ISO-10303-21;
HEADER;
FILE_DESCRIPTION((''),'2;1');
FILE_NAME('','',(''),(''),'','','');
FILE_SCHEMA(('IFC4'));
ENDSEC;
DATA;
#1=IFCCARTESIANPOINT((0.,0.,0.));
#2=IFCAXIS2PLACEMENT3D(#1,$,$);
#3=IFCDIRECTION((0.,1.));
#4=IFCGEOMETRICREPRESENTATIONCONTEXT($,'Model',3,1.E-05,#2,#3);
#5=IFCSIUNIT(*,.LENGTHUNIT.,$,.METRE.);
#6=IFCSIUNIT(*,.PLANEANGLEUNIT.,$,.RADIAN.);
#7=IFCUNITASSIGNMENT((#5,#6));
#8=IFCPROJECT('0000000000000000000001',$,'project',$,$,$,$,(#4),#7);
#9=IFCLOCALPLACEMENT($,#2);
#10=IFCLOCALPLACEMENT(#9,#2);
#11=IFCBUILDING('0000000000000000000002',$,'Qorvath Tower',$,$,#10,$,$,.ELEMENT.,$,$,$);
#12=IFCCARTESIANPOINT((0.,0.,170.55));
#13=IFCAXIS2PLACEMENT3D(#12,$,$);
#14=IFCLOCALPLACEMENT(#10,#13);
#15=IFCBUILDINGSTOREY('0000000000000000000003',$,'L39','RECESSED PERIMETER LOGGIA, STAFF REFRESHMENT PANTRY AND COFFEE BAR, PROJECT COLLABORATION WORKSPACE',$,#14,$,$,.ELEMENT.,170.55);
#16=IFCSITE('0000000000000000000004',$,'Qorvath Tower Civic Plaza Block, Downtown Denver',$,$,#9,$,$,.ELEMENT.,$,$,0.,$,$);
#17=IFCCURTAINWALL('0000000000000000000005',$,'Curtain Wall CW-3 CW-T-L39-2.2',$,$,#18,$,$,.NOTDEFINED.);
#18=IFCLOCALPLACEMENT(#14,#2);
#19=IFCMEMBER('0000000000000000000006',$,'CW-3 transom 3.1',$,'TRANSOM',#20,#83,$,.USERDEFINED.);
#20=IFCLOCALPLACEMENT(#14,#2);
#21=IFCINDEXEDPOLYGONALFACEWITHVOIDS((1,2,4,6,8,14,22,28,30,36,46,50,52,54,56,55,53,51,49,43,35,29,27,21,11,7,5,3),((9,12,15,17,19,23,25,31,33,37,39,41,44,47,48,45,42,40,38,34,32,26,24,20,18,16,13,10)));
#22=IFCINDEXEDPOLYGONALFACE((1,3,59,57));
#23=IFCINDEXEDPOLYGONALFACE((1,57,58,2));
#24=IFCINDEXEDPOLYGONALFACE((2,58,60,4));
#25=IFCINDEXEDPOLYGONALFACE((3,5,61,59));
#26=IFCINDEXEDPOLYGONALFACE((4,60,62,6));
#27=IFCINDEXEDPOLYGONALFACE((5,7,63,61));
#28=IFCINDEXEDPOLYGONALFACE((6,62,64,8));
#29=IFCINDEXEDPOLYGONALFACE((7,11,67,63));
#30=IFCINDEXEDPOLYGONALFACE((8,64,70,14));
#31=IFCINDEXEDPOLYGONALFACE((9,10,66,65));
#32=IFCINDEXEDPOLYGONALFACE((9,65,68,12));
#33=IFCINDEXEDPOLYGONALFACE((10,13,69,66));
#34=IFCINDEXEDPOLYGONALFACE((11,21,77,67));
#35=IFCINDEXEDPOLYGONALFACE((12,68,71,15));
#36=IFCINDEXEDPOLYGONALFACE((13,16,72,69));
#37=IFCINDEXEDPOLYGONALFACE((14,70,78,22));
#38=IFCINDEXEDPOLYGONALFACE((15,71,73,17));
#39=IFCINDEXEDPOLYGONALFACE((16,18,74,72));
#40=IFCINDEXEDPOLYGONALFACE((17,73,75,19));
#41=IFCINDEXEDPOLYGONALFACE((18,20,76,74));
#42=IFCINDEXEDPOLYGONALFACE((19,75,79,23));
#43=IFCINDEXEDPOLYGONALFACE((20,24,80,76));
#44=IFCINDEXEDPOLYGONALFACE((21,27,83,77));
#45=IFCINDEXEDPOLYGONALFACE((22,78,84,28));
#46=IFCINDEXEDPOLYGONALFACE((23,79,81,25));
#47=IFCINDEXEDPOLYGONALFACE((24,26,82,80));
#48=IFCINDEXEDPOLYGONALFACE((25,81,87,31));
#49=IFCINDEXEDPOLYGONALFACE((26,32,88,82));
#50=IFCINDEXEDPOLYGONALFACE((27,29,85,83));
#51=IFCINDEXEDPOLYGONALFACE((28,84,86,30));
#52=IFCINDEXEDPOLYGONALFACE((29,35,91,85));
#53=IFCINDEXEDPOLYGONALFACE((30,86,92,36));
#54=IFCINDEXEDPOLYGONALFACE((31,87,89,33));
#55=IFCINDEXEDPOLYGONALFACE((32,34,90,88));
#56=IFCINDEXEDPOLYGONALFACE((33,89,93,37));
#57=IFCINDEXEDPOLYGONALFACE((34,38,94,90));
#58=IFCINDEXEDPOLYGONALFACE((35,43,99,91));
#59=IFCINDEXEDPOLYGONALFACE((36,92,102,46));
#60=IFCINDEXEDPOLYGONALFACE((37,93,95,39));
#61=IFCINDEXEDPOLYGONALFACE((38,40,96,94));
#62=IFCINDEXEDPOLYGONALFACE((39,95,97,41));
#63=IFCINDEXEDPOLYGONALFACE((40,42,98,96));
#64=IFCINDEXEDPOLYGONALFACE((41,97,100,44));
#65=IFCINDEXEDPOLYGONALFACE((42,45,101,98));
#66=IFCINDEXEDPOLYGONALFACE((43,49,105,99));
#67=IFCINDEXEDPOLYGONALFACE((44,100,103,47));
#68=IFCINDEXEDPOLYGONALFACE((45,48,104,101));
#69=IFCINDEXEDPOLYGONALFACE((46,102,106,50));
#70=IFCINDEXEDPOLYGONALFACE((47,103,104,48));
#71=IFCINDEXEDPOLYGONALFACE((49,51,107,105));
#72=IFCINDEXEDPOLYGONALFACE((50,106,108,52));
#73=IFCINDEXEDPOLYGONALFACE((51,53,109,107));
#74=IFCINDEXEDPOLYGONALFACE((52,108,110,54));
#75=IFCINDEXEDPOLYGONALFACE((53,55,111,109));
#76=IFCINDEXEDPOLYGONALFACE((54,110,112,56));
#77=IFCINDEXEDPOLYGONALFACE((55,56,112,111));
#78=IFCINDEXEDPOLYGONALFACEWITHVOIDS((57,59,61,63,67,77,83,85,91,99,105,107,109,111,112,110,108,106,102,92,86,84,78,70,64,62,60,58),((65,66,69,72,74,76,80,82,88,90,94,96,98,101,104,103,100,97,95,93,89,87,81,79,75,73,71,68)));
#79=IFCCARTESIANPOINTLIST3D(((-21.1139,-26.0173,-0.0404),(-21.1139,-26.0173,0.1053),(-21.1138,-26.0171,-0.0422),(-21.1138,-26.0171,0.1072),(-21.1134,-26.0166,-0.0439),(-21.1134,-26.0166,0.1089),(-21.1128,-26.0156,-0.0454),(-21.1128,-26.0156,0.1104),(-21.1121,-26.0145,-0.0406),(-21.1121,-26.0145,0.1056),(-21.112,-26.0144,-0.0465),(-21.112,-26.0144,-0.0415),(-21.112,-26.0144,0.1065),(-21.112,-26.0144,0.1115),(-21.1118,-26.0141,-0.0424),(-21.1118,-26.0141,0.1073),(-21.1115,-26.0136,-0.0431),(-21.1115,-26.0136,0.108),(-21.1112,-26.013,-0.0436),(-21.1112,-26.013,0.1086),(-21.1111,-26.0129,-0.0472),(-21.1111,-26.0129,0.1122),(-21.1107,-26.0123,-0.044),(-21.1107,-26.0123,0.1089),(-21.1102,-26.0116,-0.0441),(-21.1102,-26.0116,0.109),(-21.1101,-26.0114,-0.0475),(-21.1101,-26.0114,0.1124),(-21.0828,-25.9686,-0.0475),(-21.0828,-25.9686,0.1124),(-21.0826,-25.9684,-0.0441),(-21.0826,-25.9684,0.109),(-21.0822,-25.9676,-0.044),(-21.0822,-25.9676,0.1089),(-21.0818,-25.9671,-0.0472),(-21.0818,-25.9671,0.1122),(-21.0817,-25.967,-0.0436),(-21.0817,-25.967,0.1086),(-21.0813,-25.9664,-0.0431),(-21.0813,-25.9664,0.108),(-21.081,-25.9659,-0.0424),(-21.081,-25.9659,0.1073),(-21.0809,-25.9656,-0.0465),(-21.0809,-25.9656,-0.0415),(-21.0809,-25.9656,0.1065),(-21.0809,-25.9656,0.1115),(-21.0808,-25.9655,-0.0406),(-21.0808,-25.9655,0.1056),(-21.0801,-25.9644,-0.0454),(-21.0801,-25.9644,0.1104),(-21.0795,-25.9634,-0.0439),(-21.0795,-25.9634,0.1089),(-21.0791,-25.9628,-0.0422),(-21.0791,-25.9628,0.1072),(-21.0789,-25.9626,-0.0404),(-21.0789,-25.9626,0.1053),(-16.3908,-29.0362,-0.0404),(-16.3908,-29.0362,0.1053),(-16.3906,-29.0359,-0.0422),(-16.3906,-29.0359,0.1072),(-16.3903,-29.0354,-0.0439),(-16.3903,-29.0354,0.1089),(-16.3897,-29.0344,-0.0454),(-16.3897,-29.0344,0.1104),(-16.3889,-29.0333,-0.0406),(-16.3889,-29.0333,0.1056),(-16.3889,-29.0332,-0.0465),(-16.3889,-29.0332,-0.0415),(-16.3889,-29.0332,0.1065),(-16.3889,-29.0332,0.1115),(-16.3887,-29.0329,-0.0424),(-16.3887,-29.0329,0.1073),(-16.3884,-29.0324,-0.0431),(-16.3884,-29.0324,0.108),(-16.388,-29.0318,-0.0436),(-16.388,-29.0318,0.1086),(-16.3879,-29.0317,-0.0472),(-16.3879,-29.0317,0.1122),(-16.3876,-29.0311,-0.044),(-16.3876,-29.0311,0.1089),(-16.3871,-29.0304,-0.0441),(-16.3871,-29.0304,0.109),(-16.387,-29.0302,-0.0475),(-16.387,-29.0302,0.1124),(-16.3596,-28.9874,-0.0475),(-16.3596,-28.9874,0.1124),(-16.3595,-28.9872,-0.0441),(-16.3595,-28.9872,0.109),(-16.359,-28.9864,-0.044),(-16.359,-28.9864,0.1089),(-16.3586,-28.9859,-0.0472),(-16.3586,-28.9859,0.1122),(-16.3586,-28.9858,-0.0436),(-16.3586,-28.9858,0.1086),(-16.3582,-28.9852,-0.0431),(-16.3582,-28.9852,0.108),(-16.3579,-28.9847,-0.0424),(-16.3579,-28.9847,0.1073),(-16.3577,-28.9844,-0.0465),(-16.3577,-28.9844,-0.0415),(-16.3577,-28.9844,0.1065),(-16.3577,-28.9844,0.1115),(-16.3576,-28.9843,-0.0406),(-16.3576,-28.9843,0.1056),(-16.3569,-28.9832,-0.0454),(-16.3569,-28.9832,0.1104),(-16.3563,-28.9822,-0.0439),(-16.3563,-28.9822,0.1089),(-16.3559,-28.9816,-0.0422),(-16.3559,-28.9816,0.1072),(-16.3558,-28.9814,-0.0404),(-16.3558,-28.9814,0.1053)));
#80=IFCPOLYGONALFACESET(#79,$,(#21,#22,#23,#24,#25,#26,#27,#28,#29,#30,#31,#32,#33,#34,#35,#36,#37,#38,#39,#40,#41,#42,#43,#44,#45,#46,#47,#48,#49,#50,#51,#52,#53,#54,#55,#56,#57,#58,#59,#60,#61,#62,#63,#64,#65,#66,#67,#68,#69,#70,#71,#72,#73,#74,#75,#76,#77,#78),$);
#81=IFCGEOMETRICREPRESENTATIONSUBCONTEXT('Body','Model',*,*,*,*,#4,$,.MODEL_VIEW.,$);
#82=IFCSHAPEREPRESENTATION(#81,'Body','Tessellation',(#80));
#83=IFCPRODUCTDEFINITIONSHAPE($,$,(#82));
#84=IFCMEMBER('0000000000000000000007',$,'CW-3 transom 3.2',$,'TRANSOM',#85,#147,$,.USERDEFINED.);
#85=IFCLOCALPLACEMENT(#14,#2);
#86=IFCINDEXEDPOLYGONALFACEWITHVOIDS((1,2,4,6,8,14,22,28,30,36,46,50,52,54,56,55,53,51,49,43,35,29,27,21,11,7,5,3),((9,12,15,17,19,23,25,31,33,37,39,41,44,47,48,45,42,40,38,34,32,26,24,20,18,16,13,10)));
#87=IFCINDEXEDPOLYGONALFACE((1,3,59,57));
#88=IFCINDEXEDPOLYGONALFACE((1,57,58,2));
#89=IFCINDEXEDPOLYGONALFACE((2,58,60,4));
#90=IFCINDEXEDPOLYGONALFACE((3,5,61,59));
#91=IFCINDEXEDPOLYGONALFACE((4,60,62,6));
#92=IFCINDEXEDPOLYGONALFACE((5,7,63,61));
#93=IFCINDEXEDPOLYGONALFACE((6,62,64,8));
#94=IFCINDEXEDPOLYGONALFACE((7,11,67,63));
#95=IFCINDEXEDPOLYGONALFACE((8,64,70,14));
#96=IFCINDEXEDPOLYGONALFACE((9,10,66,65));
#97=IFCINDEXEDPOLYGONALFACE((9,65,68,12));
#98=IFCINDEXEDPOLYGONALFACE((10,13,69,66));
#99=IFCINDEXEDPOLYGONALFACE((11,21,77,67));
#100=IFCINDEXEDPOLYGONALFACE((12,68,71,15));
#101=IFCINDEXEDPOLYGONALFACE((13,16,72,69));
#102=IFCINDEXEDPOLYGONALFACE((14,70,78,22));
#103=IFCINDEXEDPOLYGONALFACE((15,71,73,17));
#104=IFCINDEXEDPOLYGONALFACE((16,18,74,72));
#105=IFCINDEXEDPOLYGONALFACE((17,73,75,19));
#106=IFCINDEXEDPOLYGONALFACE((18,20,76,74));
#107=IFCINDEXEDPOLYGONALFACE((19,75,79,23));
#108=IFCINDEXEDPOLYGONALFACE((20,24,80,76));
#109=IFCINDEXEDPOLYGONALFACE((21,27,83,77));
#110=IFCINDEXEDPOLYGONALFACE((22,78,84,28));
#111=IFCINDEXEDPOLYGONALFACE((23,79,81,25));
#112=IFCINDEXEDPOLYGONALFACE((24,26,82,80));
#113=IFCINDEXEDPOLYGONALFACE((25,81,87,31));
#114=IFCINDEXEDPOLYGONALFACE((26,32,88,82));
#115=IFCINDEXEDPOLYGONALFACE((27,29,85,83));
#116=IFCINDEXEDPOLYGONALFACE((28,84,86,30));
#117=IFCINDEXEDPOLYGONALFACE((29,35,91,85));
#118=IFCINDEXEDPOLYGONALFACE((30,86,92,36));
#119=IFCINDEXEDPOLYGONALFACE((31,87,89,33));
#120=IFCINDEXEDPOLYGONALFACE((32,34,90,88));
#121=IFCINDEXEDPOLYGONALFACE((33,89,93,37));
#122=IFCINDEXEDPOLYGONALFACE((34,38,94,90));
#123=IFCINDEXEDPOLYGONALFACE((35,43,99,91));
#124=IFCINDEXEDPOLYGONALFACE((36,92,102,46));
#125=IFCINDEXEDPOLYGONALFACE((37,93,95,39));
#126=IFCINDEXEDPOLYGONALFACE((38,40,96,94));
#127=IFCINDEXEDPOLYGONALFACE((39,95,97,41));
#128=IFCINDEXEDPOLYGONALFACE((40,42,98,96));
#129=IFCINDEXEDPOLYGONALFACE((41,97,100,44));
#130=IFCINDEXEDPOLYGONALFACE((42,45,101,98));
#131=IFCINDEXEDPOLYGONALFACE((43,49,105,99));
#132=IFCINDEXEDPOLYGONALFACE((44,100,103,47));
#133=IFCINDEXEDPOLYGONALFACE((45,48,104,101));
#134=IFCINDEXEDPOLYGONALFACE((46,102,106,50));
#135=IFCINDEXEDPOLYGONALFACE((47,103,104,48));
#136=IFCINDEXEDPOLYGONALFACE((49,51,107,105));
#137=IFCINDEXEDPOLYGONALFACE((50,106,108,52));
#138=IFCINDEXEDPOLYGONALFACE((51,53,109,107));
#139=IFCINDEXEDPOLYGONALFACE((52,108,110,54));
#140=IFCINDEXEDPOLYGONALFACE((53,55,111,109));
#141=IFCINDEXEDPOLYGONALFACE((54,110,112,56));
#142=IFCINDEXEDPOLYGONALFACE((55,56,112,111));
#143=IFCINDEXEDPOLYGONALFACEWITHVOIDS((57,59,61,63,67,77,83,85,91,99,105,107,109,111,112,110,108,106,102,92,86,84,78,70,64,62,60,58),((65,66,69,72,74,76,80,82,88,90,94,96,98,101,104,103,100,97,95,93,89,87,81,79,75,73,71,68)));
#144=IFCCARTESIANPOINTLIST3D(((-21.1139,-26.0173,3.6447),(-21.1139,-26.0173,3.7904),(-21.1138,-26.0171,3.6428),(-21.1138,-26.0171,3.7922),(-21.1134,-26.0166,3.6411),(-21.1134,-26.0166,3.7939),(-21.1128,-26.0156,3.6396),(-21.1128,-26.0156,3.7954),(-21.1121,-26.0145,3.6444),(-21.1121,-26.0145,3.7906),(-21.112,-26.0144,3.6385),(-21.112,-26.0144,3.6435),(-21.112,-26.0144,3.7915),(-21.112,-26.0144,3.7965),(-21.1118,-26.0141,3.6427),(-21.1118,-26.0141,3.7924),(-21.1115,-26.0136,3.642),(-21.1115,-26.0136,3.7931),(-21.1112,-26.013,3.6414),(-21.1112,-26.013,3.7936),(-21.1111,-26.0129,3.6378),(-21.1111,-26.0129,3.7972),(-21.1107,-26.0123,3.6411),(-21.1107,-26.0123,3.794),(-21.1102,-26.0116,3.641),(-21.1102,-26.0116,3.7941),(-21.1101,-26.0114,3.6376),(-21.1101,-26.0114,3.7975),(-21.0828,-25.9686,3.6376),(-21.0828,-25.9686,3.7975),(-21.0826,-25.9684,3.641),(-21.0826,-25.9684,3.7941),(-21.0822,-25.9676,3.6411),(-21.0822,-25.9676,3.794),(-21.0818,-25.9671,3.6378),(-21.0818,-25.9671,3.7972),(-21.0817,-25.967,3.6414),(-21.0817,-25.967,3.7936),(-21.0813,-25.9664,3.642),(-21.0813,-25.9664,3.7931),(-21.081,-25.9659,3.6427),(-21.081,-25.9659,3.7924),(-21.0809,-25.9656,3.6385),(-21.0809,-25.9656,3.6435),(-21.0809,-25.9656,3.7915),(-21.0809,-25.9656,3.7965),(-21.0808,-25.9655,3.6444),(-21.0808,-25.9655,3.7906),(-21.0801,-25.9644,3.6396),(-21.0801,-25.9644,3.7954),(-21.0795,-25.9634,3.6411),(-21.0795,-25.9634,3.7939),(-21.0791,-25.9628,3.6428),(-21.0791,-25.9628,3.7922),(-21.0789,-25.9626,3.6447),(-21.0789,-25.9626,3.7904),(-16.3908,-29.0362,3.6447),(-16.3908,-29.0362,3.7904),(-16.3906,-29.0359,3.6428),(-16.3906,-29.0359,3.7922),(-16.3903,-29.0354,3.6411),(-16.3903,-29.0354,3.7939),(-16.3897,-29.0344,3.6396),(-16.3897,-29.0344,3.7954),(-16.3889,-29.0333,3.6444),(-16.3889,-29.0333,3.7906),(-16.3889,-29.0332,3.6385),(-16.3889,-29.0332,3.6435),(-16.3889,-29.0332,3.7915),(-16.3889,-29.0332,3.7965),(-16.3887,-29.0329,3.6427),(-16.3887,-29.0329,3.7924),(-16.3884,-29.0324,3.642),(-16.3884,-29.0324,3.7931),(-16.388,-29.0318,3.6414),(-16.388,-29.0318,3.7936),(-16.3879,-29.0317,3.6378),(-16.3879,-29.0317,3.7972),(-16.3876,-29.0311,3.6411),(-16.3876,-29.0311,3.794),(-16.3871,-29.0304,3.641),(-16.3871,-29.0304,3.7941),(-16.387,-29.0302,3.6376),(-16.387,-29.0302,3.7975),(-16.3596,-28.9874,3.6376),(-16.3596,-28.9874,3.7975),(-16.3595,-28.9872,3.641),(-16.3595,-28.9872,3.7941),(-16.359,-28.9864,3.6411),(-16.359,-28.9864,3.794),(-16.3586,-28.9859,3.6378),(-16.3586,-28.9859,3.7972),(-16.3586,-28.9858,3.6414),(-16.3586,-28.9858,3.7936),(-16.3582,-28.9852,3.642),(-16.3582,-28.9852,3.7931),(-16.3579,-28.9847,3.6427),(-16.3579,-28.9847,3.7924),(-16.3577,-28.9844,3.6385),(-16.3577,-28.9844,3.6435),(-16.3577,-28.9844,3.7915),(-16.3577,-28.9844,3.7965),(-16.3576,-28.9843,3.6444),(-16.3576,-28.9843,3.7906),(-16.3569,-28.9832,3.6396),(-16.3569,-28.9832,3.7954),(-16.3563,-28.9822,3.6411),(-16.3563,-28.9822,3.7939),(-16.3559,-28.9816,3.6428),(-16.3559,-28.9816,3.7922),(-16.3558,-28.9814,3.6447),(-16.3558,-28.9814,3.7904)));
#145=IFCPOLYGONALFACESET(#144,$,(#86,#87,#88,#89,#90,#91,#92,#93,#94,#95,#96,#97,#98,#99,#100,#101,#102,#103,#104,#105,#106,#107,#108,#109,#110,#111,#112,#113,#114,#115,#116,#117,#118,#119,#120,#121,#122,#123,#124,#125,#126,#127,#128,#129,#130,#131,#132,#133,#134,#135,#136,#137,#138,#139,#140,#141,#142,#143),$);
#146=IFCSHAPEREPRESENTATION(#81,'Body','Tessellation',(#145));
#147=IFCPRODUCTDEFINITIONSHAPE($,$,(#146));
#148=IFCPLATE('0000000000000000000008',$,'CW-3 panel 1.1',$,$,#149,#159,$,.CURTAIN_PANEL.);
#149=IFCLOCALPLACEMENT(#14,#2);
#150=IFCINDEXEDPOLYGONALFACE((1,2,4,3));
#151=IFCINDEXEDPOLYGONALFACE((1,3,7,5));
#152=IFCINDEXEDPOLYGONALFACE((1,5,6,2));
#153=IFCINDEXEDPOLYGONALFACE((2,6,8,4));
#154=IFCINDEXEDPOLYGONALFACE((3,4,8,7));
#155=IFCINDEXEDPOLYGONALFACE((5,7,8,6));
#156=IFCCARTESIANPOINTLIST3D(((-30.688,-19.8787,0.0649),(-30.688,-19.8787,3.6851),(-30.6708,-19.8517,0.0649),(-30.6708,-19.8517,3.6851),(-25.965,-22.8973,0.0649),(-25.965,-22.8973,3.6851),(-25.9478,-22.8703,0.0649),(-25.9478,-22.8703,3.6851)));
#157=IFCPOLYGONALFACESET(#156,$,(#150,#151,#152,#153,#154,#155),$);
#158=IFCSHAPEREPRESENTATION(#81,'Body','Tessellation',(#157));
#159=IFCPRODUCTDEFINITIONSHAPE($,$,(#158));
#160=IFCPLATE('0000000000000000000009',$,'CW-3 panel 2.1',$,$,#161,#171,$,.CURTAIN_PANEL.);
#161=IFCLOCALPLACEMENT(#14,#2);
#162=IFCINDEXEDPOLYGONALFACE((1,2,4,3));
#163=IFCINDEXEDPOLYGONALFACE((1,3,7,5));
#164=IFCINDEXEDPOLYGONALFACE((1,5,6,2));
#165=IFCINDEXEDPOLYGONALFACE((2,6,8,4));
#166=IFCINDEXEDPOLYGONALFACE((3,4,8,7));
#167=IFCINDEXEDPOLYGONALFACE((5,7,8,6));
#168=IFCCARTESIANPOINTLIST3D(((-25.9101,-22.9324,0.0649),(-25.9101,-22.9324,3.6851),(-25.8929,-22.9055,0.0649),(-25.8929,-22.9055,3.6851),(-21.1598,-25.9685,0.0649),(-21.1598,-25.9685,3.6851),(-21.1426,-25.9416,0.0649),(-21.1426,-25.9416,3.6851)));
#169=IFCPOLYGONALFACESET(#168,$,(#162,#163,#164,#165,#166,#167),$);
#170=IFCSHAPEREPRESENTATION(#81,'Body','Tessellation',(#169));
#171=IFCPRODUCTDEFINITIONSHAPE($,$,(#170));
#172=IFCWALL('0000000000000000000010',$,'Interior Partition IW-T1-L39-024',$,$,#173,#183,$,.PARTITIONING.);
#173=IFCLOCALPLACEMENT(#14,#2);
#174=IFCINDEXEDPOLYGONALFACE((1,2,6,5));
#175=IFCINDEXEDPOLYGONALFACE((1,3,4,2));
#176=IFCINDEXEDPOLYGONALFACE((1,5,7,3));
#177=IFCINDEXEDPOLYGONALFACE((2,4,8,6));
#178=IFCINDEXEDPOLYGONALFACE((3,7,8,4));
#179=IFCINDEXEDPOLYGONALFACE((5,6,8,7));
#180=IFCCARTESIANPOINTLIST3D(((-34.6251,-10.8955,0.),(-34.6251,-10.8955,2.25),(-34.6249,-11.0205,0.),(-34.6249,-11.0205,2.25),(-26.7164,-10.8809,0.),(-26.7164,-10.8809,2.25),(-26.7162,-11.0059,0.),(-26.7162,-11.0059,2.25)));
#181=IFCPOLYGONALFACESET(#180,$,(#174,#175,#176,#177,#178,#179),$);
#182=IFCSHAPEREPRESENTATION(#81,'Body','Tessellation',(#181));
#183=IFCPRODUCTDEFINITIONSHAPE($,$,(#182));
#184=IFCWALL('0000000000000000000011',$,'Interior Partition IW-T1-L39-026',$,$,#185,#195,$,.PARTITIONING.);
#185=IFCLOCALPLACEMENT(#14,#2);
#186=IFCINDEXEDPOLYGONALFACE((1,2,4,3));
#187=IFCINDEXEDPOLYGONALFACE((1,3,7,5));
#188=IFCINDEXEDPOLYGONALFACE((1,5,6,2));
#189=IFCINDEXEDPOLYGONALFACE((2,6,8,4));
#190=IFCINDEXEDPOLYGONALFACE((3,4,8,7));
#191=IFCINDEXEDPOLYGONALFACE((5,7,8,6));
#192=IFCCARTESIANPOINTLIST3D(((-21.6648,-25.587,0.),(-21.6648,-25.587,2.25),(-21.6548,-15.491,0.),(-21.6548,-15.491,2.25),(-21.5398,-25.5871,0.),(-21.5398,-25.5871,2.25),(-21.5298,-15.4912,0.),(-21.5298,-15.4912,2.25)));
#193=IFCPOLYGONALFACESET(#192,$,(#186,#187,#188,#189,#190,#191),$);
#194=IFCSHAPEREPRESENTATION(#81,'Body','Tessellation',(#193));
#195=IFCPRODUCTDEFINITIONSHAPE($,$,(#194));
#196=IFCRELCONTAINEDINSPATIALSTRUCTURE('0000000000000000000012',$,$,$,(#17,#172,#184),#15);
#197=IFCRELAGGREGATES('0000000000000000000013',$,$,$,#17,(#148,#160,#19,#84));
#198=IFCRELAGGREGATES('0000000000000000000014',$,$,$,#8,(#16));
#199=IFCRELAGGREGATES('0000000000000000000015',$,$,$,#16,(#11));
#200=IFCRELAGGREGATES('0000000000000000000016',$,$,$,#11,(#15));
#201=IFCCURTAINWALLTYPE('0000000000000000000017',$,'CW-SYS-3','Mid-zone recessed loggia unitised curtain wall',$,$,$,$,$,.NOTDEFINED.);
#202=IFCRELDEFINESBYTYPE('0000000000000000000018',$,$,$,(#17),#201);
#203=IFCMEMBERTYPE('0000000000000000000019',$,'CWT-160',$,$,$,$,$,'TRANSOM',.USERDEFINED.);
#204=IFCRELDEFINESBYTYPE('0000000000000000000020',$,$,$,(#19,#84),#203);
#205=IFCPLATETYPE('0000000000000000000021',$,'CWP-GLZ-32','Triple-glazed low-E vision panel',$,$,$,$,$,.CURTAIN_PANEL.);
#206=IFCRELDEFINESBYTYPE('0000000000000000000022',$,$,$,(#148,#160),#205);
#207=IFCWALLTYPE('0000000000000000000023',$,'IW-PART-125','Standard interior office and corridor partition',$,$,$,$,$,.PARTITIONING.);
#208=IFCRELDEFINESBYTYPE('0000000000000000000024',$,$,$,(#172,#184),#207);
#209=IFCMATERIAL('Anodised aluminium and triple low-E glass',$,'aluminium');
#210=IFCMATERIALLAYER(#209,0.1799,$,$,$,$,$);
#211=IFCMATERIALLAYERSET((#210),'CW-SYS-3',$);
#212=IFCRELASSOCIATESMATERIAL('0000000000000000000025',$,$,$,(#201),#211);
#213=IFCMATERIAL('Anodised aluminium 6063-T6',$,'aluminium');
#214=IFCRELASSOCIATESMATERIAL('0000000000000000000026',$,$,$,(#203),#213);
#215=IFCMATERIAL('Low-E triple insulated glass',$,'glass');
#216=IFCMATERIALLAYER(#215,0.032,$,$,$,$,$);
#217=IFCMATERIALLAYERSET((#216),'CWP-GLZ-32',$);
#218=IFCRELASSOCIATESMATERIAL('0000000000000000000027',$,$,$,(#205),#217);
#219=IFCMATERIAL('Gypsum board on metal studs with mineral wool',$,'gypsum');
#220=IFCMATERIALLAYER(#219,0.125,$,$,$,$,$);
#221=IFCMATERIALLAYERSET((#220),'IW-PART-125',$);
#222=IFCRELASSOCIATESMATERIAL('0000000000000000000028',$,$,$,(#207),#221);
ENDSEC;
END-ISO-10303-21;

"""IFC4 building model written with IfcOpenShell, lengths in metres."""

from ifc_helpers import new_model, si_unit, direction, frame, frame_2d, origin, origin_2d, place, context, subcontext, project, spatial, rectangle, hollow_rectangle, extrude, material, layer, layer_set, material_profile, profile_set, type_object, element, aggregate, save


model = new_model("IFC4")

# Units and contexts
model_context = context("Model", 3, precision=1e-05, world=origin(), true_north=direction((0.0, 1.0)))
body_context = subcontext(model_context, "Body", "Model", "MODEL_VIEW")
ifc_project = project(units=[si_unit("LENGTHUNIT", "METRE"), si_unit("PLANEANGLEUNIT", "RADIAN")], contexts=[model_context])

# Site, building, storey
site_placement = place(None, origin())
site = spatial("IfcSite", under=ifc_project, at=site_placement, Name="Qorvath Tower Civic Plaza Block, Downtown Denver", CompositionType="ELEMENT", RefElevation=0.0)
building_placement = place(site_placement, origin())
building = spatial("IfcBuilding", under=site, at=building_placement, Name="Qorvath Tower", CompositionType="ELEMENT")
storey_placement = place(building_placement, frame((0.0, 0.0, 170.55)))
storey = spatial("IfcBuildingStorey", under=building, at=storey_placement, Name="L39", Description="RECESSED PERIMETER LOGGIA, STAFF REFRESHMENT PANTRY AND COFFEE BAR, PROJECT COLLABORATION WORKSPACE", CompositionType="ELEMENT", Elevation=170.55)

# Curtain wall, members, plates
ifc_material_1 = material(Name="Anodised aluminium and triple low-E glass", Category="aluminium")
ifc_layer_1 = layer(ifc_material_1, 0.1799)
ifc_layer_set_1 = layer_set([ifc_layer_1], Name="CW-SYS-3")
curtain_wall_type = type_object("IfcCurtainWallType", Name="CW-SYS-3", Description="Mid-zone recessed loggia unitised curtain wall", PredefinedType="NOTDEFINED", material=ifc_layer_set_1)
curtain_wall_placement = place(storey_placement, origin())
curtain_wall = element("IfcCurtainWall", 1, at=curtain_wall_placement, inside=storey, type_object=curtain_wall_type, Name="Curtain Wall CW-3 CW-T-L39-2.2", PredefinedType="NOTDEFINED")
ifc_material_2 = material(Name="Anodised aluminium 6063-T6", Category="aluminium")
ifc_material_profile_1 = material_profile(ifc_material_2, hollow_rectangle(XDim=0.0649, YDim=0.1599, WallThickness=0.0034, InnerFilletRadius=0.0034, OuterFilletRadius=0.0071, at=origin_2d()), Name="CWT 160x65")
ifc_profile_set_1 = profile_set([ifc_material_profile_1], Name="Anodised aluminium 6063-T6")
member_type_1 = type_object("IfcMemberType", Name="CWT-160", ElementType="TRANSOM", PredefinedType="USERDEFINED", material=ifc_profile_set_1)
member_1_placement = place(storey_placement, frame((-21.0964, -25.99, 0.0325), z_axis=(0.842596, -0.538546, 0.0), x_axis=(0.538546, 0.842596, 0.0)))
member_1 = element("IfcMember", 2, at=member_1_placement, type_object=member_type_1, Name="CW-3 transom 3.1", ObjectType="TRANSOM", PredefinedType="USERDEFINED", context=body_context, shape_type="SweptSolid", body=[
    extrude(hollow_rectangle(XDim=0.0649, YDim=0.1599, WallThickness=0.0034, InnerFilletRadius=0.0034, OuterFilletRadius=0.0071, at=origin_2d()), origin(), (0.0, 0.0, 1.0), 5.6055),
])
member_2_placement = place(storey_placement, frame((-21.0964, -25.99, 3.7175), z_axis=(0.842596, -0.538546, 0.0), x_axis=(0.538546, 0.842596, 0.0)))
member_2 = element("IfcMember", 3, at=member_2_placement, type_object=member_type_1, Name="CW-3 transom 3.2", ObjectType="TRANSOM", PredefinedType="USERDEFINED", context=body_context, shape_type="SweptSolid", body=[
    extrude(hollow_rectangle(XDim=0.0649, YDim=0.1599, WallThickness=0.0034, InnerFilletRadius=0.0034, OuterFilletRadius=0.0071, at=origin_2d()), origin(), (0.0, 0.0, 1.0), 5.6055),
])
ifc_material_3 = material(Name="Low-E triple insulated glass", Category="glass")
ifc_layer_2 = layer(ifc_material_3, 0.032)
ifc_layer_set_2 = layer_set([ifc_layer_2], Name="CWP-GLZ-32")
plate_type = type_object("IfcPlateType", Name="CWP-GLZ-32", Description="Triple-glazed low-E vision panel", PredefinedType="CURTAIN_PANEL", material=ifc_layer_set_2)
plate_1_placement = place(storey_placement, frame((-28.3179, -21.3745, 0.0649), z_axis=(0.0, 0.0, 1.0), x_axis=(0.842604, -0.538534, 0.0)))
plate_1 = element("IfcPlate", 4, at=plate_1_placement, type_object=plate_type, Name="CW-3 panel 1.1", PredefinedType="CURTAIN_PANEL", context=body_context, shape_type="SweptSolid", body=[
    extrude(rectangle(XDim=5.6052, YDim=0.032, at=origin_2d()), origin(), (0.0, 0.0, 1.0), 3.6201),
])
plate_2_placement = place(storey_placement, frame((-23.5264, -24.437, 0.0649), z_axis=(0.0, 0.0, 1.0), x_axis=(0.842604, -0.538534, 0.0)))
plate_2 = element("IfcPlate", 5, at=plate_2_placement, type_object=plate_type, Name="CW-3 panel 2.1", PredefinedType="CURTAIN_PANEL", context=body_context, shape_type="SweptSolid", body=[
    extrude(rectangle(XDim=5.6377, YDim=0.032, at=origin_2d()), origin(), (0.0, 0.0, 1.0), 3.6201),
])
aggregate(curtain_wall, [plate_1, plate_2, member_1, member_2])

# Walls
ifc_material_4 = material(Name="Gypsum board on metal studs with mineral wool", Category="gypsum")
ifc_layer_3 = layer(ifc_material_4, 0.125)
ifc_layer_set_3 = layer_set([ifc_layer_3], Name="IW-PART-125")
wall_type_1 = type_object("IfcWallType", Name="IW-PART-125", Description="Standard interior office and corridor partition", PredefinedType="PARTITIONING", material=ifc_layer_set_3)
wall_1_placement = place(storey_placement, frame((-26.7163, -10.9434, 0.0), z_axis=(0.0, 0.0, 1.0), x_axis=(-0.999998, -0.001852, 0.0)))
element("IfcWall", 6, at=wall_1_placement, inside=storey, type_object=wall_type_1, Name="Interior Partition IW-T1-L39-024", PredefinedType="PARTITIONING", context=body_context, shape_type="SweptSolid", body=[
    extrude(rectangle(XDim=7.9087, YDim=0.125, at=frame_2d((3.9543, 0.0))), origin(), (0.0, 0.0, 1.0), 2.25),
])
wall_2_placement = place(storey_placement, frame((-21.6023, -25.5869, 0.0), z_axis=(0.0, 0.0, 1.0), x_axis=(0.000991, 1.0, 0.0)))
element("IfcWall", 7, at=wall_2_placement, inside=storey, type_object=wall_type_1, Name="Interior Partition IW-T1-L39-026", PredefinedType="PARTITIONING", context=body_context, shape_type="SweptSolid", body=[
    extrude(rectangle(XDim=10.0959, YDim=0.125, at=frame_2d((5.0479, 0.0))), origin(), (0.0, 0.0, 1.0), 2.25),
])

save(model, "model.ifc")
